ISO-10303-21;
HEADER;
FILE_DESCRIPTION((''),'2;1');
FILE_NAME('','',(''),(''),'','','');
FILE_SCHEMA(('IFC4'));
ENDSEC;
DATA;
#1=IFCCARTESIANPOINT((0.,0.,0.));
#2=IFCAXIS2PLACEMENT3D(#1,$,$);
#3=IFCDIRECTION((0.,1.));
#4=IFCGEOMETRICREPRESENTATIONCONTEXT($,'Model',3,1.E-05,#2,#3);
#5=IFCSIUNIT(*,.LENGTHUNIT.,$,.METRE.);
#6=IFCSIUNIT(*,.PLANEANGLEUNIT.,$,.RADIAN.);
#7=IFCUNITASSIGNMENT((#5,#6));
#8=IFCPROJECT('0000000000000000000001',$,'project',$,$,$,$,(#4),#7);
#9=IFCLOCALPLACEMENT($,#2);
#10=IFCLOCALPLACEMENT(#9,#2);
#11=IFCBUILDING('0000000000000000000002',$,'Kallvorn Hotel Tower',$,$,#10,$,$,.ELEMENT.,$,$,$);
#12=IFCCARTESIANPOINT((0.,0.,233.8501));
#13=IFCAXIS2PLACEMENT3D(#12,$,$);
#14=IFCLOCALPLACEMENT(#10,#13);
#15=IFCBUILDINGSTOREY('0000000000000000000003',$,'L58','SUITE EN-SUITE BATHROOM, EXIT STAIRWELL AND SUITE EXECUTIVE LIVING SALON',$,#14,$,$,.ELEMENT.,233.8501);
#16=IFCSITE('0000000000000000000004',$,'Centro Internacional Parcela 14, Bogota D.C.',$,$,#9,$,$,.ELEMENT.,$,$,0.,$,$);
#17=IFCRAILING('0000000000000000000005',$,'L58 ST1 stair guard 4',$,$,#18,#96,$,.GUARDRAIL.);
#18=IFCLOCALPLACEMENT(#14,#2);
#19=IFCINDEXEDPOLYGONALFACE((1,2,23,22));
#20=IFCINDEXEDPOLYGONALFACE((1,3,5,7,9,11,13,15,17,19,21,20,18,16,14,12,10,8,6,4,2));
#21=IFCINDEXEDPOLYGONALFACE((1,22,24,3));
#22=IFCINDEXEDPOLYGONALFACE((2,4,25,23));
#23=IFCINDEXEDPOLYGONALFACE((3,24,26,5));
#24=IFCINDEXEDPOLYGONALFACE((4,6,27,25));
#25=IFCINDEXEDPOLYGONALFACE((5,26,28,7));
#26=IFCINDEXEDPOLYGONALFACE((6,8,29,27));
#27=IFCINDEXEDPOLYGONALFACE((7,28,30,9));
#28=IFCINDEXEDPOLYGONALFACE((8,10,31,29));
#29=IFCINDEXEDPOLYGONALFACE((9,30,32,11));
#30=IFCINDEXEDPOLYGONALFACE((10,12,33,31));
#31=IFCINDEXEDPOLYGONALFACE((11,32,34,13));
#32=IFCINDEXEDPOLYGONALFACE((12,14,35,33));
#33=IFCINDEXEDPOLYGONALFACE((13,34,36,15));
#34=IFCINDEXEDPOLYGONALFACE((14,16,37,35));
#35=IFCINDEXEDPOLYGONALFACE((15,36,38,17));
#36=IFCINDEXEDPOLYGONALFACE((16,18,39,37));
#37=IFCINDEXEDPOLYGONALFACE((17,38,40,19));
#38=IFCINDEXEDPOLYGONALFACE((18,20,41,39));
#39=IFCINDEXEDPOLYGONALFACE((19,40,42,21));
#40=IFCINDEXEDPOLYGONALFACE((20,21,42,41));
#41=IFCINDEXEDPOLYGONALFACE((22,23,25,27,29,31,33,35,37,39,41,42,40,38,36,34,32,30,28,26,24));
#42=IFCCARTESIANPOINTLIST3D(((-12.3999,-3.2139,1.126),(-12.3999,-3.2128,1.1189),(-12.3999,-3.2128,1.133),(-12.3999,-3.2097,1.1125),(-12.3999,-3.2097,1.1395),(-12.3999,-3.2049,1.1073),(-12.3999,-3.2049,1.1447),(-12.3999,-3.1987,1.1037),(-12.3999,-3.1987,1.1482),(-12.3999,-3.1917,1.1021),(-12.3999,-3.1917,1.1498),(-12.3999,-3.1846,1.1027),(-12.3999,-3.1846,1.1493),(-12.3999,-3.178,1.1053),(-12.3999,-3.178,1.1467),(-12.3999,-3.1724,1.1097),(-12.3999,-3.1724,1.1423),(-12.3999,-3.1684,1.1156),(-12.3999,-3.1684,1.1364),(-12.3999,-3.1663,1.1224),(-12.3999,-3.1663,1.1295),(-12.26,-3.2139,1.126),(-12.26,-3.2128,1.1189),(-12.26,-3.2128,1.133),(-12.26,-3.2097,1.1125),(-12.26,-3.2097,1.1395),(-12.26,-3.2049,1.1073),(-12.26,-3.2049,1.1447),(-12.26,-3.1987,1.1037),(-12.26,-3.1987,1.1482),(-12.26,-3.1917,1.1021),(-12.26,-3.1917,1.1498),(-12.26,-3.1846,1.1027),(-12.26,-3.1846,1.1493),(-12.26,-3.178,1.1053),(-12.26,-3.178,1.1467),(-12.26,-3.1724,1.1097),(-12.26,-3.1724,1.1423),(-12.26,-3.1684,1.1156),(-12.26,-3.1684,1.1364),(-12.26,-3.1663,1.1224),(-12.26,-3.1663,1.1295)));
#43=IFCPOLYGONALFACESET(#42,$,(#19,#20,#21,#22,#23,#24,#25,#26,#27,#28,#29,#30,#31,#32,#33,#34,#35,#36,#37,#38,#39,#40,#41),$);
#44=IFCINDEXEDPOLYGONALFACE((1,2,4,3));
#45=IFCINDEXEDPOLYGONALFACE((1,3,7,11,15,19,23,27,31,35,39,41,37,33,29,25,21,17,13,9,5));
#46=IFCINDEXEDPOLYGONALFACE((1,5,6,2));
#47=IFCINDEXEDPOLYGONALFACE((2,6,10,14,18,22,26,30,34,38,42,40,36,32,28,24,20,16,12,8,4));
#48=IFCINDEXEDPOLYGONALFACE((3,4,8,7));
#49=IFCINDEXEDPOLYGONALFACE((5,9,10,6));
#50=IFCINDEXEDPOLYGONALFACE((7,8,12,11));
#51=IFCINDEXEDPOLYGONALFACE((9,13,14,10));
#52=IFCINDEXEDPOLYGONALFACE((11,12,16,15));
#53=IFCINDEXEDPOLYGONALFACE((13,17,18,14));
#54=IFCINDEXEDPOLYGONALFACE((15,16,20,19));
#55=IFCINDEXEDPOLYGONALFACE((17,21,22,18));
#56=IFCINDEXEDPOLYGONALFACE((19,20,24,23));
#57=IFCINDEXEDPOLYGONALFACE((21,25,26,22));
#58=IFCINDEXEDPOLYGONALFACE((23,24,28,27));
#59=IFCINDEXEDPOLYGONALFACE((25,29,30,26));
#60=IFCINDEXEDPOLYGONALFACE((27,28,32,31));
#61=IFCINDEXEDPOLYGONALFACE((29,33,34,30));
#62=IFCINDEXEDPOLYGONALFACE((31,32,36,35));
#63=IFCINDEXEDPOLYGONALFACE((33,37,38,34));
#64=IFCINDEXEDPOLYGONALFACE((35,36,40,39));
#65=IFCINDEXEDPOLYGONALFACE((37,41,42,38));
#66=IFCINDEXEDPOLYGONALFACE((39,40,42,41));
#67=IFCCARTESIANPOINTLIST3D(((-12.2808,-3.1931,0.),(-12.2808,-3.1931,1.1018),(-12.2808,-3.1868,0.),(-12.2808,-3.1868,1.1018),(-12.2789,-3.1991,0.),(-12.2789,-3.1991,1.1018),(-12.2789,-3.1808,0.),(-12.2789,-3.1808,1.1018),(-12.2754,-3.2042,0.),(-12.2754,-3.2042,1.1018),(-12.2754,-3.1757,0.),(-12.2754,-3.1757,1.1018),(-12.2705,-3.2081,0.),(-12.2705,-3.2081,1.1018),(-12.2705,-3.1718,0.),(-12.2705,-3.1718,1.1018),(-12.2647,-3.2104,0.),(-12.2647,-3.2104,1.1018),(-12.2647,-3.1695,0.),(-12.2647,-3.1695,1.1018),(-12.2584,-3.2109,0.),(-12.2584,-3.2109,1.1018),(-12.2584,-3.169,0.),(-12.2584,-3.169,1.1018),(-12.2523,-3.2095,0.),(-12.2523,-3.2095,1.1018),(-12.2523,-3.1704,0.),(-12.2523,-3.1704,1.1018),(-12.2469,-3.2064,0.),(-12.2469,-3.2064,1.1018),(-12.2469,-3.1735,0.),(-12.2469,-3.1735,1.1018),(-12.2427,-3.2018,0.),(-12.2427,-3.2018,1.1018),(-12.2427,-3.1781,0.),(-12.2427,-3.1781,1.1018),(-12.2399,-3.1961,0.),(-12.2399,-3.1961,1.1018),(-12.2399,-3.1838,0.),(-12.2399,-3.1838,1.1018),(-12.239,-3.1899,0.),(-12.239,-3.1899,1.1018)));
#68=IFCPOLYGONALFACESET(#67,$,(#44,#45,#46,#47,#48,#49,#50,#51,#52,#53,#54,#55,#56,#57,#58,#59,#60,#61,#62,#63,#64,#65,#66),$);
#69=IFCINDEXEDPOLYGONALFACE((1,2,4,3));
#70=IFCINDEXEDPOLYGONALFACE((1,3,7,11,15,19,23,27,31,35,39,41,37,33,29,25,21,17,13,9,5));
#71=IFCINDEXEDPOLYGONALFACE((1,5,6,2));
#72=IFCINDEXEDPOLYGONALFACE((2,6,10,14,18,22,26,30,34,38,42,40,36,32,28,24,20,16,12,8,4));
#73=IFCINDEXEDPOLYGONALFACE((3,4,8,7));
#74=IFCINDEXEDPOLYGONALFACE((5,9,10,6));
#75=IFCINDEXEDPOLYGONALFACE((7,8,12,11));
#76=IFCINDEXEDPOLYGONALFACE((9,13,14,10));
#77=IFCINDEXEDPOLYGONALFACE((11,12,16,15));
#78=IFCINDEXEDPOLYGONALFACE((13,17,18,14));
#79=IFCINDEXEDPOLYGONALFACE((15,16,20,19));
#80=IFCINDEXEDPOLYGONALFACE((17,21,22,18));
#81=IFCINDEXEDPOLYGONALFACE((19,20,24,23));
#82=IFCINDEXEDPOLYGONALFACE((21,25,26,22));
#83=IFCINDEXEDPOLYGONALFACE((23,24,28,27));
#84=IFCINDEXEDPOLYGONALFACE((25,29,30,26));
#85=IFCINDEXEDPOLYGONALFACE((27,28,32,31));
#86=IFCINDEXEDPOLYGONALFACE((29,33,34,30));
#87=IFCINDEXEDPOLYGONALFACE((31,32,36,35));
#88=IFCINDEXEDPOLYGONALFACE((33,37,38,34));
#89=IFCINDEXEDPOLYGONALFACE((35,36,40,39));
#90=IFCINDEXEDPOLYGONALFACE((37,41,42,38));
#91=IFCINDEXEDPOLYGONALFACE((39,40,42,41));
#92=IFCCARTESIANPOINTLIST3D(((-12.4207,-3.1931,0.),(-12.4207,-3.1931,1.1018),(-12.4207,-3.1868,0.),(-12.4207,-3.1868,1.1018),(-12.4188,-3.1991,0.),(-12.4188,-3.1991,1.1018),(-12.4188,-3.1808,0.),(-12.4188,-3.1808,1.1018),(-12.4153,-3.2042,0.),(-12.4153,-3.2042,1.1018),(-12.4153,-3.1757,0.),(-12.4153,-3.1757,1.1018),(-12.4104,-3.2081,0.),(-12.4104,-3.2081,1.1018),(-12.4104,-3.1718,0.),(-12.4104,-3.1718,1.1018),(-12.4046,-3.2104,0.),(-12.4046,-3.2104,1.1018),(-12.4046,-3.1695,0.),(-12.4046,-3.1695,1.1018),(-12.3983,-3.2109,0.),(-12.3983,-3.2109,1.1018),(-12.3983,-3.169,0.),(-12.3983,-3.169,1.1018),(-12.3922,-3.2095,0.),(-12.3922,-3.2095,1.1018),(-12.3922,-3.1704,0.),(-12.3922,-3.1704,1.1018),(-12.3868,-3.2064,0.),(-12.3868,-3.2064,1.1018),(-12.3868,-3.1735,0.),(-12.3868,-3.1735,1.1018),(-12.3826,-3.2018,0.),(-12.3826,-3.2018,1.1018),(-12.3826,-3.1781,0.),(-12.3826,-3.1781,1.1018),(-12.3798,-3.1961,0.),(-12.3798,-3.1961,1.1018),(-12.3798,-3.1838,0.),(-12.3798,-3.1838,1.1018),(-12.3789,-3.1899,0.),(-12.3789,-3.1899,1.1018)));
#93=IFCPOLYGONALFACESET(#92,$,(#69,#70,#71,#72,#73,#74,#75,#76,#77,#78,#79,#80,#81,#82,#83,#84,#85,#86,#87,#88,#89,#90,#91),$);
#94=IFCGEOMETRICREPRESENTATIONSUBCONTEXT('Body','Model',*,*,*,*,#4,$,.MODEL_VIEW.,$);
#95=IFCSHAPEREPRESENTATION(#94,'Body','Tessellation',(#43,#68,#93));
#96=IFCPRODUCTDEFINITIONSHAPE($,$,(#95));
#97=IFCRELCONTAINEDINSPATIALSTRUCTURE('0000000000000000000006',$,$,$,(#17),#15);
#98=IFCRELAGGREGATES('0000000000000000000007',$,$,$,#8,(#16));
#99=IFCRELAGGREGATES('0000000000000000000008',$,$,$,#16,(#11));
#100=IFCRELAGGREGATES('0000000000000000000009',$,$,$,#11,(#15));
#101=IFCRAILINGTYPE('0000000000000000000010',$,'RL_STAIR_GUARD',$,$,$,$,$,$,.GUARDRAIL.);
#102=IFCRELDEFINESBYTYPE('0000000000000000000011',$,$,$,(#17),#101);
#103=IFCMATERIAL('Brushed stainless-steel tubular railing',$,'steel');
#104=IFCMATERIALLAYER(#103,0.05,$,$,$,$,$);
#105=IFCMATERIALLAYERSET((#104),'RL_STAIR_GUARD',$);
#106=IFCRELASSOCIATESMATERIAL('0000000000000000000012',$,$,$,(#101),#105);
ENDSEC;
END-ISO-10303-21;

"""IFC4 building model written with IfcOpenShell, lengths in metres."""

from ifc_helpers import new_model, si_unit, direction, frame, origin, origin_2d, place, context, subcontext, project, spatial, circle, extrude, material, layer, layer_set, type_object, element, save


model = new_model("IFC4")

# Units and contexts
model_context = context("Model", 3, precision=1e-05, world=origin(), true_north=direction((0.0, 1.0)))
body_context = subcontext(model_context, "Body", "Model", "MODEL_VIEW")
ifc_project = project(units=[si_unit("LENGTHUNIT", "METRE"), si_unit("PLANEANGLEUNIT", "RADIAN")], contexts=[model_context])

# Site, building, storey
site_placement = place(None, origin())
site = spatial("IfcSite", under=ifc_project, at=site_placement, Name="Centro Internacional Parcela 14, Bogota D.C.", CompositionType="ELEMENT", RefElevation=0.0)
building_placement = place(site_placement, origin())
building = spatial("IfcBuilding", under=site, at=building_placement, Name="Kallvorn Hotel Tower", CompositionType="ELEMENT")
storey_placement = place(building_placement, frame((0.0, 0.0, 233.8501)))
storey = spatial("IfcBuildingStorey", under=building, at=storey_placement, Name="L58", Description="SUITE EN-SUITE BATHROOM, EXIT STAIRWELL AND SUITE EXECUTIVE LIVING SALON", CompositionType="ELEMENT", Elevation=233.8501)

# Railing
ifc_material_1 = material(Name="Brushed stainless-steel tubular railing", Category="steel")
ifc_layer_1 = layer(ifc_material_1, 0.05)
ifc_layer_set_1 = layer_set([ifc_layer_1], Name="RL_STAIR_GUARD")
railing_type_1 = type_object("IfcRailingType", Name="RL_STAIR_GUARD", PredefinedType="GUARDRAIL", material=ifc_layer_set_1)
railing_1_placement = place(storey_placement, frame((-12.26, -3.1899, 0.0)))
element("IfcRailing", 1, at=railing_1_placement, inside=storey, type_object=railing_type_1, Name="L58 ST1 stair guard 4", PredefinedType="GUARDRAIL", context=body_context, shape_type="SweptSolid", body=[
    extrude(circle(Radius=0.0239, at=origin_2d()), frame((0.0, 0.0, 1.126), z_axis=(-1.0, 0.0, 0.0), x_axis=(0.0, -1.0, 0.0)), (0.0, 0.0, 1.0), 0.1399),
    extrude(circle(Radius=0.021, at=origin_2d()), origin(), (0.0, 0.0, 1.0), 1.1018),
    extrude(circle(Radius=0.021, at=origin_2d()), frame((-0.1399, 0.0, 0.0)), (0.0, 0.0, 1.0), 1.1018),
])

save(model, "model.ifc")
